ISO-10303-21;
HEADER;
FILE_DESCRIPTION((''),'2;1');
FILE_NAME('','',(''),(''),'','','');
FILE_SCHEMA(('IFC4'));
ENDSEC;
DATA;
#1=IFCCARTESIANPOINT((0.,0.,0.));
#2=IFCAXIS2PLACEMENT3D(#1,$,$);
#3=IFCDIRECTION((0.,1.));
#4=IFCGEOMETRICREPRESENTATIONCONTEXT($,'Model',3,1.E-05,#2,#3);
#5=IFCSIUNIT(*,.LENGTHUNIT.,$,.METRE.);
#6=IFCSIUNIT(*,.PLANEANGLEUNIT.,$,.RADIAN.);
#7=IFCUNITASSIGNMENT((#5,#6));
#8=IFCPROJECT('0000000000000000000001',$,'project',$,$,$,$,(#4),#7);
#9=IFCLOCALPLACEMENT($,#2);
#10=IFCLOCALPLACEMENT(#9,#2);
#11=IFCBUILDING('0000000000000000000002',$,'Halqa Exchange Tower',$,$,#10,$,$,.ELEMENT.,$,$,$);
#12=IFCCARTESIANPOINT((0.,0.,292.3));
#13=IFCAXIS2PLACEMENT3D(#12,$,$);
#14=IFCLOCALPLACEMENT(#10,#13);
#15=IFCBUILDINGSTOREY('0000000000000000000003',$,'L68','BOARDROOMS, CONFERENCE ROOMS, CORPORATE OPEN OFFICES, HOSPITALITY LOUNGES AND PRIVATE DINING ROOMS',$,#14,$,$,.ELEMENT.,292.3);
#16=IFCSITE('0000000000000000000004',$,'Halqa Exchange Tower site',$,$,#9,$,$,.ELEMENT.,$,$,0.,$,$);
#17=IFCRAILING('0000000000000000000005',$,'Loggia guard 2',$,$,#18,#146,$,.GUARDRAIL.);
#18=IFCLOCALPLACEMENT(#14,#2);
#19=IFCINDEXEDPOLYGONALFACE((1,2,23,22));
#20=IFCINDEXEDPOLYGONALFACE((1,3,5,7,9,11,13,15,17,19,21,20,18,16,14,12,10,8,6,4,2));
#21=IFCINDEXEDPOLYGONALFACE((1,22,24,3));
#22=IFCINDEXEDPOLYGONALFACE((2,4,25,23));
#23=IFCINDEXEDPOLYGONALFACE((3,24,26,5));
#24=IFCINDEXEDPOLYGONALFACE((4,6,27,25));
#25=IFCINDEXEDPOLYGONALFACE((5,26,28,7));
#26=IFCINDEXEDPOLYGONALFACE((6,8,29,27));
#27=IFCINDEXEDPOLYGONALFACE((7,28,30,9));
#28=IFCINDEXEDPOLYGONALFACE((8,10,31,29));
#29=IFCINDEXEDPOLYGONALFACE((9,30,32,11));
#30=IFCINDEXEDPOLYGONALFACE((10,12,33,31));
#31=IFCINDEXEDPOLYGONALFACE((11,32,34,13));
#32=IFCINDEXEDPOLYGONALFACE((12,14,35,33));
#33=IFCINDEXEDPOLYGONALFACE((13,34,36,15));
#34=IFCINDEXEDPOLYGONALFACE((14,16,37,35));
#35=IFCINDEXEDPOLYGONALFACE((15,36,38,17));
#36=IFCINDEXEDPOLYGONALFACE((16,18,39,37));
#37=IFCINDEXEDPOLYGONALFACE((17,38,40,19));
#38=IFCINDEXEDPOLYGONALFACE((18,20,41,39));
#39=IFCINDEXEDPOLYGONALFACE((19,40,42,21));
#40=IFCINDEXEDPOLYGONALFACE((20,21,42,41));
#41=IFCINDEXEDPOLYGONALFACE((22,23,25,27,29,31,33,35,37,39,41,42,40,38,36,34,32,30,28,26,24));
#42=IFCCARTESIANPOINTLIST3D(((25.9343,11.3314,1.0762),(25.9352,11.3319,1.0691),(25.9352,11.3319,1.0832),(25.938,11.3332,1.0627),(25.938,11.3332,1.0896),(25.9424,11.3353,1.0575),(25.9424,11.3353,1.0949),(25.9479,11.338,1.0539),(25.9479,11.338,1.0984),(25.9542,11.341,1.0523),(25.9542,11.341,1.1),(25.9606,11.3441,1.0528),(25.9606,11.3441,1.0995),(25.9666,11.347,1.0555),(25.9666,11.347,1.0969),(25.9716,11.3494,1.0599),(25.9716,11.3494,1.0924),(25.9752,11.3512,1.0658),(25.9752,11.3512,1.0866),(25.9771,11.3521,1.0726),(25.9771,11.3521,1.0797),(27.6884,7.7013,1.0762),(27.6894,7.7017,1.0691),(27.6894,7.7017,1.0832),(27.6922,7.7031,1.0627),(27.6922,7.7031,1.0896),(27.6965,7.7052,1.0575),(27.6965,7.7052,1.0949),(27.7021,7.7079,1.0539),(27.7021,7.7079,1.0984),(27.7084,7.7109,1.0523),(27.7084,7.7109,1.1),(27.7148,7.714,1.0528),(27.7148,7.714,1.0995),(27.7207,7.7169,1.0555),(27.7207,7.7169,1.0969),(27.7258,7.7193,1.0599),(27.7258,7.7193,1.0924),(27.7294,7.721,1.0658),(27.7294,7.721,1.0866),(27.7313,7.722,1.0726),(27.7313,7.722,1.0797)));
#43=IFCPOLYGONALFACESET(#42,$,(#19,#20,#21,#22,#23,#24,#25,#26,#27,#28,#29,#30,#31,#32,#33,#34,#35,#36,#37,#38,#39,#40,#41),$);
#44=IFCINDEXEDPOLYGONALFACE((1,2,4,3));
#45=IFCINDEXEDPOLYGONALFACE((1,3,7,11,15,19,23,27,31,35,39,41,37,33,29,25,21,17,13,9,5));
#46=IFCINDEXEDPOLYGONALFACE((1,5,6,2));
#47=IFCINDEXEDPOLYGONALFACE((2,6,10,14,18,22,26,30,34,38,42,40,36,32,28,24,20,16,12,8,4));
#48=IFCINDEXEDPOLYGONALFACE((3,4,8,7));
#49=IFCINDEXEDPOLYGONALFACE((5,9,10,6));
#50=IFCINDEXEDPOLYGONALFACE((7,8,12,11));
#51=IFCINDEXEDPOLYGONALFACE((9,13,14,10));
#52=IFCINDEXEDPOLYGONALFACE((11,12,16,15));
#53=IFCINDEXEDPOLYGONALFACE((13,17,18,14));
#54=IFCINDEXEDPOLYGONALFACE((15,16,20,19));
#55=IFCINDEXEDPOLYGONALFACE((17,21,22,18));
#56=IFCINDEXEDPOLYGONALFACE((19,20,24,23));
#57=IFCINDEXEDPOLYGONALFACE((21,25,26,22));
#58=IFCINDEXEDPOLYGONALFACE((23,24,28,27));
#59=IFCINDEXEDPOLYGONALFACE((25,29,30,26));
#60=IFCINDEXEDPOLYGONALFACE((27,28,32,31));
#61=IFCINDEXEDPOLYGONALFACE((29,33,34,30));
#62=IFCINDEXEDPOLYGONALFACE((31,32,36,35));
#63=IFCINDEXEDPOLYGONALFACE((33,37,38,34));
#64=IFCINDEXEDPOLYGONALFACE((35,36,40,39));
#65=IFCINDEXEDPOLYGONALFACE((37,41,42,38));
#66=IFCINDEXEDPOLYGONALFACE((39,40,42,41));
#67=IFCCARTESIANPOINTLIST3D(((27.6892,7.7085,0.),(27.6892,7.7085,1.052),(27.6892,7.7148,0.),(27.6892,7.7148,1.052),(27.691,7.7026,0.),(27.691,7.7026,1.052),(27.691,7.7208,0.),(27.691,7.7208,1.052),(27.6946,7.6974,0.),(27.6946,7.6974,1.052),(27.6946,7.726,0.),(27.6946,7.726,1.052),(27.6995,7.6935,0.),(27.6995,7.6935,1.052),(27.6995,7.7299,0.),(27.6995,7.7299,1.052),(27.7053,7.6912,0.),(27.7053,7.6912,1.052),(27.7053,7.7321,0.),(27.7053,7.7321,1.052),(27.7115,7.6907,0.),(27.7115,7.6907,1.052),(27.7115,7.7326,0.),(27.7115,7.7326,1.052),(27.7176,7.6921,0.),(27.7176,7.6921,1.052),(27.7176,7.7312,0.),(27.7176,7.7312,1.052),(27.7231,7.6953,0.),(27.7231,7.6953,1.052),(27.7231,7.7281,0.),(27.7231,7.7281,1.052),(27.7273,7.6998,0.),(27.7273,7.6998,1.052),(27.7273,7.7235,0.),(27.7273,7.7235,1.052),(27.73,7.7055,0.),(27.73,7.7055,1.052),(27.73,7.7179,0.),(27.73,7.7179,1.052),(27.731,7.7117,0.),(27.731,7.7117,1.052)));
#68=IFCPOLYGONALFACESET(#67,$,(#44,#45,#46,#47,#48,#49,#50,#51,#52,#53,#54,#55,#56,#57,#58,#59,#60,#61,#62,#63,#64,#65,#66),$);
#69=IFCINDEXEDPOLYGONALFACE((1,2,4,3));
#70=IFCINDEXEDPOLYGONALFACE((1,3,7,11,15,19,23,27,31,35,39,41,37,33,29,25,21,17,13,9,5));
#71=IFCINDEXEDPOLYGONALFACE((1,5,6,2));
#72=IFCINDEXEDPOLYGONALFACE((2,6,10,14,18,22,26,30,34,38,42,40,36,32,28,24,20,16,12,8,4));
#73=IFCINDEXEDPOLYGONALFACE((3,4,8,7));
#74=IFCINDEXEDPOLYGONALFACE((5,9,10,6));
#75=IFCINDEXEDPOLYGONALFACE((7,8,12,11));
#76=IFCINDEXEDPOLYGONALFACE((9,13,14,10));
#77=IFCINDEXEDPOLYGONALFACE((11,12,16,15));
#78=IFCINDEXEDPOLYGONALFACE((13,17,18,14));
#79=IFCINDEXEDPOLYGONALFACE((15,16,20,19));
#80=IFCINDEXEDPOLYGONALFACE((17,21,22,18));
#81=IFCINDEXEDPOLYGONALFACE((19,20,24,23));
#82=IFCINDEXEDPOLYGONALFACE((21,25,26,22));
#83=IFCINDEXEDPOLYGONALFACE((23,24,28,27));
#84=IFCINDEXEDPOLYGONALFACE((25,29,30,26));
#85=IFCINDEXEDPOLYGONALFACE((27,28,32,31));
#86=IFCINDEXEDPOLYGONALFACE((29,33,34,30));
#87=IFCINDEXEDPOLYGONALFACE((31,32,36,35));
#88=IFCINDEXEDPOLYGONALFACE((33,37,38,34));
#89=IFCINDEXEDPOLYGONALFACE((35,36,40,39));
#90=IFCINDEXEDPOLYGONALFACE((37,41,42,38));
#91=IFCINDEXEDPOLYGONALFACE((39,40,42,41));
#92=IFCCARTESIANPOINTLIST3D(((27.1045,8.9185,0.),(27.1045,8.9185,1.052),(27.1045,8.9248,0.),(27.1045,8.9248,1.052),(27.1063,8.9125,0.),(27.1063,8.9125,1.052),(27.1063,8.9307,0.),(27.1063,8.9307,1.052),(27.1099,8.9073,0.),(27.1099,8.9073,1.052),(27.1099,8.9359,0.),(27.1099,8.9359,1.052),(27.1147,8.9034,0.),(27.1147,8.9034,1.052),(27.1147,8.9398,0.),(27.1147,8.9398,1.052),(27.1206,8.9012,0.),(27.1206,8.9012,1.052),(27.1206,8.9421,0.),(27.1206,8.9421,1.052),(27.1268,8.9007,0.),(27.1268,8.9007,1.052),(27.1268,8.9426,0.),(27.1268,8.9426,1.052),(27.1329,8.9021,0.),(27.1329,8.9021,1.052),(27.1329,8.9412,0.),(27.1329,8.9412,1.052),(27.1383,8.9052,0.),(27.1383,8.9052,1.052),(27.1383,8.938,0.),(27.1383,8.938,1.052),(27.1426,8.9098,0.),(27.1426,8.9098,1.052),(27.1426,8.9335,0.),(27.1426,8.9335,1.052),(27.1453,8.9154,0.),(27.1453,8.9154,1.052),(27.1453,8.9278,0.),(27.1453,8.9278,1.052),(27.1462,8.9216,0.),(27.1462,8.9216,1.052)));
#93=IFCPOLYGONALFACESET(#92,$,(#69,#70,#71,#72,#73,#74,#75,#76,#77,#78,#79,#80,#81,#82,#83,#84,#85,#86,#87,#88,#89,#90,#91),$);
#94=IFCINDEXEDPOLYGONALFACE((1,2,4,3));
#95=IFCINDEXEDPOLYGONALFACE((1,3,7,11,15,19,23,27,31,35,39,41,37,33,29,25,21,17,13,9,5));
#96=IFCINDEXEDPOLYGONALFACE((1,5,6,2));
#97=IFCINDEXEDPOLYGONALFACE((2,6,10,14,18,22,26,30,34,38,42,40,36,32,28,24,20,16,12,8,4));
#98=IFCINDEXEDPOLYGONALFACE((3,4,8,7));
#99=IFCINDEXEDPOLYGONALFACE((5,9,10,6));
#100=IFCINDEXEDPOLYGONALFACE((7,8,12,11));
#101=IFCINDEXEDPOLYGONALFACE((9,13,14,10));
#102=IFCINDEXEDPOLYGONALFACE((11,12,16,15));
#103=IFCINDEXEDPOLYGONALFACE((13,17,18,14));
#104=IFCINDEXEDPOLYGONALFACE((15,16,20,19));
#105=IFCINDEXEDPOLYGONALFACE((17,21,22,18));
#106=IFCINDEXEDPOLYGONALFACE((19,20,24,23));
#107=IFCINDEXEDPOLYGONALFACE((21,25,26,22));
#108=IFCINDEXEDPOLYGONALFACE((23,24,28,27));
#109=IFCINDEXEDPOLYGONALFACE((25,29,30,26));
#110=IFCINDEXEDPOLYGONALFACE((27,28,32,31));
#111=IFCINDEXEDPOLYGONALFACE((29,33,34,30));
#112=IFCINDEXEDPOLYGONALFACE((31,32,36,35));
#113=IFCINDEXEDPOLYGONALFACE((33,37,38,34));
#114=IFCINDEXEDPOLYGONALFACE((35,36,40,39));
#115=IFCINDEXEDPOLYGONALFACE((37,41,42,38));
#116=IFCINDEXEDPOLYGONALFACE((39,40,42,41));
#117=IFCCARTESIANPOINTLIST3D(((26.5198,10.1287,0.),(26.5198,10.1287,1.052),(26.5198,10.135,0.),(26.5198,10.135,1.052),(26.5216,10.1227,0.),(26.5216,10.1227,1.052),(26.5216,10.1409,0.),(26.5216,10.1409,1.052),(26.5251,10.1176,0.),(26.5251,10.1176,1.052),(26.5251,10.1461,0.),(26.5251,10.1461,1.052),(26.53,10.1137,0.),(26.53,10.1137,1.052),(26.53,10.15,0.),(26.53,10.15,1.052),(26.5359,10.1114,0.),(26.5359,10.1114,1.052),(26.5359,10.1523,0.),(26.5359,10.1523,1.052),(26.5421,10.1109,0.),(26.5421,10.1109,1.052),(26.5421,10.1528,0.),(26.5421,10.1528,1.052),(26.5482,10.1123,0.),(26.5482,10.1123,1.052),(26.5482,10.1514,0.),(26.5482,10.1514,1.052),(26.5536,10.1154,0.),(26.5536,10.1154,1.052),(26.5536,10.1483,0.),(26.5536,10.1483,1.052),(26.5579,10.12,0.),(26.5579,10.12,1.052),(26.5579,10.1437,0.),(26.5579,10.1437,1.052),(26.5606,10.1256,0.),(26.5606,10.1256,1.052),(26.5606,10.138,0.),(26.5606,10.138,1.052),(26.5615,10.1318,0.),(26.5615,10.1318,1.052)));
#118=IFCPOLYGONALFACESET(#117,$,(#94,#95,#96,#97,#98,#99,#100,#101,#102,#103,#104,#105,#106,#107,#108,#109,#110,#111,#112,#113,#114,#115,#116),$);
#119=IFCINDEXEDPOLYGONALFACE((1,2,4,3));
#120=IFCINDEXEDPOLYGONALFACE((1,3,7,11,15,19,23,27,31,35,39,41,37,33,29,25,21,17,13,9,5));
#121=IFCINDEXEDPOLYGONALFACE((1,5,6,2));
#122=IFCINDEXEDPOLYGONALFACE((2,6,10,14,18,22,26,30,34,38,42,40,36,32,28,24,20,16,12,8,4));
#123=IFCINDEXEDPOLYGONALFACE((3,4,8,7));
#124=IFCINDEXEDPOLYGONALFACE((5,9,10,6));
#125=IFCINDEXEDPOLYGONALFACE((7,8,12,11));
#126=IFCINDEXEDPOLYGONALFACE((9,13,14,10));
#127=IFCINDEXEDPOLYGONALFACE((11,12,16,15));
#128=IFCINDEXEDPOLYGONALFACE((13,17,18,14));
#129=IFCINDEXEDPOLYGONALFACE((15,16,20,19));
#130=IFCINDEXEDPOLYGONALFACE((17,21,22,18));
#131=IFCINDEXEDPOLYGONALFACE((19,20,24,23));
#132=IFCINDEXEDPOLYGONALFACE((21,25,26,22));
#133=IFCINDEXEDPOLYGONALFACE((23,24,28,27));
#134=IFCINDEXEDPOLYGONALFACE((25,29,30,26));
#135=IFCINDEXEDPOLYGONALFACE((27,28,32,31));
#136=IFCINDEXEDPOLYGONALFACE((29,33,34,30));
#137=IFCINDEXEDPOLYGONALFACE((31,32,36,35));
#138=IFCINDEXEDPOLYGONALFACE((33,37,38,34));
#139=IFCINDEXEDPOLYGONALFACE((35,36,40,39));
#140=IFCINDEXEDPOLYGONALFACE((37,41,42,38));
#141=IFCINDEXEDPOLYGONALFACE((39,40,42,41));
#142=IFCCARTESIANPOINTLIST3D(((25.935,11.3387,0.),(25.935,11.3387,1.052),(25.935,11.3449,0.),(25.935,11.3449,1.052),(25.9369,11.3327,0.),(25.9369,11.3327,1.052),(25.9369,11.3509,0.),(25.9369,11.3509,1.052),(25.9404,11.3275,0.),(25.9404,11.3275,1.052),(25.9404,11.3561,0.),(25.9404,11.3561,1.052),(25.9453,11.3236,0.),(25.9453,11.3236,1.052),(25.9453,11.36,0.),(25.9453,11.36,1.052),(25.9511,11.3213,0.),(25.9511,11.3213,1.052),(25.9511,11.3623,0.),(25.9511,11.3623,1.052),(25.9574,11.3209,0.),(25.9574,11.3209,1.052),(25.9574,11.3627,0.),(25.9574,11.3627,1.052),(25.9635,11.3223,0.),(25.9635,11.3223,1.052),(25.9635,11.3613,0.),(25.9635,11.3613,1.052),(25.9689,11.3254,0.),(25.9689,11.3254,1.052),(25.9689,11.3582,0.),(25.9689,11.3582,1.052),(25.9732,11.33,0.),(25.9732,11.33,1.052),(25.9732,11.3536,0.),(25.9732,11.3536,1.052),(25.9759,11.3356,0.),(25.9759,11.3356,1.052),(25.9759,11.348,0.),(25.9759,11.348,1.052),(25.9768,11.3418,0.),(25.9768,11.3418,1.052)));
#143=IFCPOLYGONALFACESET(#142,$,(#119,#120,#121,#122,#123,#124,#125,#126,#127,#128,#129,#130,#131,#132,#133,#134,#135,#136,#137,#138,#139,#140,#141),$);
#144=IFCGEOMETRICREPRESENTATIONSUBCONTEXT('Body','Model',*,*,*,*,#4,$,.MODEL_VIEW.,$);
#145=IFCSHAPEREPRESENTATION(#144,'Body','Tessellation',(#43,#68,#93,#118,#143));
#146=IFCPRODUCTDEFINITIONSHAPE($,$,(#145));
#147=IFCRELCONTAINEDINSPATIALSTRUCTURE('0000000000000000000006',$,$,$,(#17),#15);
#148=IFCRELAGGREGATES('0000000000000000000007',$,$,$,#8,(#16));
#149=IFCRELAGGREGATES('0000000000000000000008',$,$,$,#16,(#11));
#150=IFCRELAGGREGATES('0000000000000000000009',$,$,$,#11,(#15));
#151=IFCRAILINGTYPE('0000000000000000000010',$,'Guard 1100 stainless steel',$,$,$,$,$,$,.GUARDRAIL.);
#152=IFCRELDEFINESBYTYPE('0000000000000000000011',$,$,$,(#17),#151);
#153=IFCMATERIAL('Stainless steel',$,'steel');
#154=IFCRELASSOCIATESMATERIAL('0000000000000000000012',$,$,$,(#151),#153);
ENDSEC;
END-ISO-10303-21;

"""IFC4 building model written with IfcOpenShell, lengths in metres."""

from ifc_helpers import new_model, si_unit, direction, frame, origin, origin_2d, place, context, subcontext, project, spatial, circle, extrude, material, type_object, element, save


model = new_model("IFC4")

# Units and contexts
model_context = context("Model", 3, precision=1e-05, world=origin(), true_north=direction((0.0, 1.0)))
body_context = subcontext(model_context, "Body", "Model", "MODEL_VIEW")
ifc_project = project(units=[si_unit("LENGTHUNIT", "METRE"), si_unit("PLANEANGLEUNIT", "RADIAN")], contexts=[model_context])

# Site, building, storey
site_placement = place(None, origin())
site = spatial("IfcSite", under=ifc_project, at=site_placement, Name="Halqa Exchange Tower site", CompositionType="ELEMENT", RefElevation=0.0)
building_placement = place(site_placement, origin())
building = spatial("IfcBuilding", under=site, at=building_placement, Name="Halqa Exchange Tower", CompositionType="ELEMENT")
storey_placement = place(building_placement, frame((0.0, 0.0, 292.3)))
storey = spatial("IfcBuildingStorey", under=building, at=storey_placement, Name="L68", Description="BOARDROOMS, CONFERENCE ROOMS, CORPORATE OPEN OFFICES, HOSPITALITY LOUNGES AND PRIVATE DINING ROOMS", CompositionType="ELEMENT", Elevation=292.3)

# Railing
ifc_material_1 = material(Name="Stainless steel", Category="steel")
railing_type = type_object("IfcRailingType", Name="Guard 1100 stainless steel", PredefinedType="GUARDRAIL", material=ifc_material_1)
railing_1_placement = place(storey_placement, frame((27.71, 7.7117, 0.0)))
element("IfcRailing", 1, at=railing_1_placement, inside=storey, type_object=railing_type, Name="Loggia guard 2", PredefinedType="GUARDRAIL", context=body_context, shape_type="SweptSolid", body=[
    extrude(circle(Radius=0.0239, at=origin_2d()), frame((0.0, 0.0, 1.0762), z_axis=(-0.435086, 0.900389, 0.0), x_axis=(-0.900389, -0.435086, 0.0)), (0.0, 0.0, 1.0), 4.0317),
    extrude(circle(Radius=0.021, at=origin_2d()), origin(), (0.0, 0.0, 1.0), 1.052),
    extrude(circle(Radius=0.021, at=origin_2d()), frame((-0.5847, 1.21, 0.0)), (0.0, 0.0, 1.0), 1.052),
    extrude(circle(Radius=0.021, at=origin_2d()), frame((-1.1694, 2.4202, 0.0)), (0.0, 0.0, 1.0), 1.052),
    extrude(circle(Radius=0.021, at=origin_2d()), frame((-1.7542, 3.6301, 0.0)), (0.0, 0.0, 1.0), 1.052),
])

save(model, "model.ifc")
